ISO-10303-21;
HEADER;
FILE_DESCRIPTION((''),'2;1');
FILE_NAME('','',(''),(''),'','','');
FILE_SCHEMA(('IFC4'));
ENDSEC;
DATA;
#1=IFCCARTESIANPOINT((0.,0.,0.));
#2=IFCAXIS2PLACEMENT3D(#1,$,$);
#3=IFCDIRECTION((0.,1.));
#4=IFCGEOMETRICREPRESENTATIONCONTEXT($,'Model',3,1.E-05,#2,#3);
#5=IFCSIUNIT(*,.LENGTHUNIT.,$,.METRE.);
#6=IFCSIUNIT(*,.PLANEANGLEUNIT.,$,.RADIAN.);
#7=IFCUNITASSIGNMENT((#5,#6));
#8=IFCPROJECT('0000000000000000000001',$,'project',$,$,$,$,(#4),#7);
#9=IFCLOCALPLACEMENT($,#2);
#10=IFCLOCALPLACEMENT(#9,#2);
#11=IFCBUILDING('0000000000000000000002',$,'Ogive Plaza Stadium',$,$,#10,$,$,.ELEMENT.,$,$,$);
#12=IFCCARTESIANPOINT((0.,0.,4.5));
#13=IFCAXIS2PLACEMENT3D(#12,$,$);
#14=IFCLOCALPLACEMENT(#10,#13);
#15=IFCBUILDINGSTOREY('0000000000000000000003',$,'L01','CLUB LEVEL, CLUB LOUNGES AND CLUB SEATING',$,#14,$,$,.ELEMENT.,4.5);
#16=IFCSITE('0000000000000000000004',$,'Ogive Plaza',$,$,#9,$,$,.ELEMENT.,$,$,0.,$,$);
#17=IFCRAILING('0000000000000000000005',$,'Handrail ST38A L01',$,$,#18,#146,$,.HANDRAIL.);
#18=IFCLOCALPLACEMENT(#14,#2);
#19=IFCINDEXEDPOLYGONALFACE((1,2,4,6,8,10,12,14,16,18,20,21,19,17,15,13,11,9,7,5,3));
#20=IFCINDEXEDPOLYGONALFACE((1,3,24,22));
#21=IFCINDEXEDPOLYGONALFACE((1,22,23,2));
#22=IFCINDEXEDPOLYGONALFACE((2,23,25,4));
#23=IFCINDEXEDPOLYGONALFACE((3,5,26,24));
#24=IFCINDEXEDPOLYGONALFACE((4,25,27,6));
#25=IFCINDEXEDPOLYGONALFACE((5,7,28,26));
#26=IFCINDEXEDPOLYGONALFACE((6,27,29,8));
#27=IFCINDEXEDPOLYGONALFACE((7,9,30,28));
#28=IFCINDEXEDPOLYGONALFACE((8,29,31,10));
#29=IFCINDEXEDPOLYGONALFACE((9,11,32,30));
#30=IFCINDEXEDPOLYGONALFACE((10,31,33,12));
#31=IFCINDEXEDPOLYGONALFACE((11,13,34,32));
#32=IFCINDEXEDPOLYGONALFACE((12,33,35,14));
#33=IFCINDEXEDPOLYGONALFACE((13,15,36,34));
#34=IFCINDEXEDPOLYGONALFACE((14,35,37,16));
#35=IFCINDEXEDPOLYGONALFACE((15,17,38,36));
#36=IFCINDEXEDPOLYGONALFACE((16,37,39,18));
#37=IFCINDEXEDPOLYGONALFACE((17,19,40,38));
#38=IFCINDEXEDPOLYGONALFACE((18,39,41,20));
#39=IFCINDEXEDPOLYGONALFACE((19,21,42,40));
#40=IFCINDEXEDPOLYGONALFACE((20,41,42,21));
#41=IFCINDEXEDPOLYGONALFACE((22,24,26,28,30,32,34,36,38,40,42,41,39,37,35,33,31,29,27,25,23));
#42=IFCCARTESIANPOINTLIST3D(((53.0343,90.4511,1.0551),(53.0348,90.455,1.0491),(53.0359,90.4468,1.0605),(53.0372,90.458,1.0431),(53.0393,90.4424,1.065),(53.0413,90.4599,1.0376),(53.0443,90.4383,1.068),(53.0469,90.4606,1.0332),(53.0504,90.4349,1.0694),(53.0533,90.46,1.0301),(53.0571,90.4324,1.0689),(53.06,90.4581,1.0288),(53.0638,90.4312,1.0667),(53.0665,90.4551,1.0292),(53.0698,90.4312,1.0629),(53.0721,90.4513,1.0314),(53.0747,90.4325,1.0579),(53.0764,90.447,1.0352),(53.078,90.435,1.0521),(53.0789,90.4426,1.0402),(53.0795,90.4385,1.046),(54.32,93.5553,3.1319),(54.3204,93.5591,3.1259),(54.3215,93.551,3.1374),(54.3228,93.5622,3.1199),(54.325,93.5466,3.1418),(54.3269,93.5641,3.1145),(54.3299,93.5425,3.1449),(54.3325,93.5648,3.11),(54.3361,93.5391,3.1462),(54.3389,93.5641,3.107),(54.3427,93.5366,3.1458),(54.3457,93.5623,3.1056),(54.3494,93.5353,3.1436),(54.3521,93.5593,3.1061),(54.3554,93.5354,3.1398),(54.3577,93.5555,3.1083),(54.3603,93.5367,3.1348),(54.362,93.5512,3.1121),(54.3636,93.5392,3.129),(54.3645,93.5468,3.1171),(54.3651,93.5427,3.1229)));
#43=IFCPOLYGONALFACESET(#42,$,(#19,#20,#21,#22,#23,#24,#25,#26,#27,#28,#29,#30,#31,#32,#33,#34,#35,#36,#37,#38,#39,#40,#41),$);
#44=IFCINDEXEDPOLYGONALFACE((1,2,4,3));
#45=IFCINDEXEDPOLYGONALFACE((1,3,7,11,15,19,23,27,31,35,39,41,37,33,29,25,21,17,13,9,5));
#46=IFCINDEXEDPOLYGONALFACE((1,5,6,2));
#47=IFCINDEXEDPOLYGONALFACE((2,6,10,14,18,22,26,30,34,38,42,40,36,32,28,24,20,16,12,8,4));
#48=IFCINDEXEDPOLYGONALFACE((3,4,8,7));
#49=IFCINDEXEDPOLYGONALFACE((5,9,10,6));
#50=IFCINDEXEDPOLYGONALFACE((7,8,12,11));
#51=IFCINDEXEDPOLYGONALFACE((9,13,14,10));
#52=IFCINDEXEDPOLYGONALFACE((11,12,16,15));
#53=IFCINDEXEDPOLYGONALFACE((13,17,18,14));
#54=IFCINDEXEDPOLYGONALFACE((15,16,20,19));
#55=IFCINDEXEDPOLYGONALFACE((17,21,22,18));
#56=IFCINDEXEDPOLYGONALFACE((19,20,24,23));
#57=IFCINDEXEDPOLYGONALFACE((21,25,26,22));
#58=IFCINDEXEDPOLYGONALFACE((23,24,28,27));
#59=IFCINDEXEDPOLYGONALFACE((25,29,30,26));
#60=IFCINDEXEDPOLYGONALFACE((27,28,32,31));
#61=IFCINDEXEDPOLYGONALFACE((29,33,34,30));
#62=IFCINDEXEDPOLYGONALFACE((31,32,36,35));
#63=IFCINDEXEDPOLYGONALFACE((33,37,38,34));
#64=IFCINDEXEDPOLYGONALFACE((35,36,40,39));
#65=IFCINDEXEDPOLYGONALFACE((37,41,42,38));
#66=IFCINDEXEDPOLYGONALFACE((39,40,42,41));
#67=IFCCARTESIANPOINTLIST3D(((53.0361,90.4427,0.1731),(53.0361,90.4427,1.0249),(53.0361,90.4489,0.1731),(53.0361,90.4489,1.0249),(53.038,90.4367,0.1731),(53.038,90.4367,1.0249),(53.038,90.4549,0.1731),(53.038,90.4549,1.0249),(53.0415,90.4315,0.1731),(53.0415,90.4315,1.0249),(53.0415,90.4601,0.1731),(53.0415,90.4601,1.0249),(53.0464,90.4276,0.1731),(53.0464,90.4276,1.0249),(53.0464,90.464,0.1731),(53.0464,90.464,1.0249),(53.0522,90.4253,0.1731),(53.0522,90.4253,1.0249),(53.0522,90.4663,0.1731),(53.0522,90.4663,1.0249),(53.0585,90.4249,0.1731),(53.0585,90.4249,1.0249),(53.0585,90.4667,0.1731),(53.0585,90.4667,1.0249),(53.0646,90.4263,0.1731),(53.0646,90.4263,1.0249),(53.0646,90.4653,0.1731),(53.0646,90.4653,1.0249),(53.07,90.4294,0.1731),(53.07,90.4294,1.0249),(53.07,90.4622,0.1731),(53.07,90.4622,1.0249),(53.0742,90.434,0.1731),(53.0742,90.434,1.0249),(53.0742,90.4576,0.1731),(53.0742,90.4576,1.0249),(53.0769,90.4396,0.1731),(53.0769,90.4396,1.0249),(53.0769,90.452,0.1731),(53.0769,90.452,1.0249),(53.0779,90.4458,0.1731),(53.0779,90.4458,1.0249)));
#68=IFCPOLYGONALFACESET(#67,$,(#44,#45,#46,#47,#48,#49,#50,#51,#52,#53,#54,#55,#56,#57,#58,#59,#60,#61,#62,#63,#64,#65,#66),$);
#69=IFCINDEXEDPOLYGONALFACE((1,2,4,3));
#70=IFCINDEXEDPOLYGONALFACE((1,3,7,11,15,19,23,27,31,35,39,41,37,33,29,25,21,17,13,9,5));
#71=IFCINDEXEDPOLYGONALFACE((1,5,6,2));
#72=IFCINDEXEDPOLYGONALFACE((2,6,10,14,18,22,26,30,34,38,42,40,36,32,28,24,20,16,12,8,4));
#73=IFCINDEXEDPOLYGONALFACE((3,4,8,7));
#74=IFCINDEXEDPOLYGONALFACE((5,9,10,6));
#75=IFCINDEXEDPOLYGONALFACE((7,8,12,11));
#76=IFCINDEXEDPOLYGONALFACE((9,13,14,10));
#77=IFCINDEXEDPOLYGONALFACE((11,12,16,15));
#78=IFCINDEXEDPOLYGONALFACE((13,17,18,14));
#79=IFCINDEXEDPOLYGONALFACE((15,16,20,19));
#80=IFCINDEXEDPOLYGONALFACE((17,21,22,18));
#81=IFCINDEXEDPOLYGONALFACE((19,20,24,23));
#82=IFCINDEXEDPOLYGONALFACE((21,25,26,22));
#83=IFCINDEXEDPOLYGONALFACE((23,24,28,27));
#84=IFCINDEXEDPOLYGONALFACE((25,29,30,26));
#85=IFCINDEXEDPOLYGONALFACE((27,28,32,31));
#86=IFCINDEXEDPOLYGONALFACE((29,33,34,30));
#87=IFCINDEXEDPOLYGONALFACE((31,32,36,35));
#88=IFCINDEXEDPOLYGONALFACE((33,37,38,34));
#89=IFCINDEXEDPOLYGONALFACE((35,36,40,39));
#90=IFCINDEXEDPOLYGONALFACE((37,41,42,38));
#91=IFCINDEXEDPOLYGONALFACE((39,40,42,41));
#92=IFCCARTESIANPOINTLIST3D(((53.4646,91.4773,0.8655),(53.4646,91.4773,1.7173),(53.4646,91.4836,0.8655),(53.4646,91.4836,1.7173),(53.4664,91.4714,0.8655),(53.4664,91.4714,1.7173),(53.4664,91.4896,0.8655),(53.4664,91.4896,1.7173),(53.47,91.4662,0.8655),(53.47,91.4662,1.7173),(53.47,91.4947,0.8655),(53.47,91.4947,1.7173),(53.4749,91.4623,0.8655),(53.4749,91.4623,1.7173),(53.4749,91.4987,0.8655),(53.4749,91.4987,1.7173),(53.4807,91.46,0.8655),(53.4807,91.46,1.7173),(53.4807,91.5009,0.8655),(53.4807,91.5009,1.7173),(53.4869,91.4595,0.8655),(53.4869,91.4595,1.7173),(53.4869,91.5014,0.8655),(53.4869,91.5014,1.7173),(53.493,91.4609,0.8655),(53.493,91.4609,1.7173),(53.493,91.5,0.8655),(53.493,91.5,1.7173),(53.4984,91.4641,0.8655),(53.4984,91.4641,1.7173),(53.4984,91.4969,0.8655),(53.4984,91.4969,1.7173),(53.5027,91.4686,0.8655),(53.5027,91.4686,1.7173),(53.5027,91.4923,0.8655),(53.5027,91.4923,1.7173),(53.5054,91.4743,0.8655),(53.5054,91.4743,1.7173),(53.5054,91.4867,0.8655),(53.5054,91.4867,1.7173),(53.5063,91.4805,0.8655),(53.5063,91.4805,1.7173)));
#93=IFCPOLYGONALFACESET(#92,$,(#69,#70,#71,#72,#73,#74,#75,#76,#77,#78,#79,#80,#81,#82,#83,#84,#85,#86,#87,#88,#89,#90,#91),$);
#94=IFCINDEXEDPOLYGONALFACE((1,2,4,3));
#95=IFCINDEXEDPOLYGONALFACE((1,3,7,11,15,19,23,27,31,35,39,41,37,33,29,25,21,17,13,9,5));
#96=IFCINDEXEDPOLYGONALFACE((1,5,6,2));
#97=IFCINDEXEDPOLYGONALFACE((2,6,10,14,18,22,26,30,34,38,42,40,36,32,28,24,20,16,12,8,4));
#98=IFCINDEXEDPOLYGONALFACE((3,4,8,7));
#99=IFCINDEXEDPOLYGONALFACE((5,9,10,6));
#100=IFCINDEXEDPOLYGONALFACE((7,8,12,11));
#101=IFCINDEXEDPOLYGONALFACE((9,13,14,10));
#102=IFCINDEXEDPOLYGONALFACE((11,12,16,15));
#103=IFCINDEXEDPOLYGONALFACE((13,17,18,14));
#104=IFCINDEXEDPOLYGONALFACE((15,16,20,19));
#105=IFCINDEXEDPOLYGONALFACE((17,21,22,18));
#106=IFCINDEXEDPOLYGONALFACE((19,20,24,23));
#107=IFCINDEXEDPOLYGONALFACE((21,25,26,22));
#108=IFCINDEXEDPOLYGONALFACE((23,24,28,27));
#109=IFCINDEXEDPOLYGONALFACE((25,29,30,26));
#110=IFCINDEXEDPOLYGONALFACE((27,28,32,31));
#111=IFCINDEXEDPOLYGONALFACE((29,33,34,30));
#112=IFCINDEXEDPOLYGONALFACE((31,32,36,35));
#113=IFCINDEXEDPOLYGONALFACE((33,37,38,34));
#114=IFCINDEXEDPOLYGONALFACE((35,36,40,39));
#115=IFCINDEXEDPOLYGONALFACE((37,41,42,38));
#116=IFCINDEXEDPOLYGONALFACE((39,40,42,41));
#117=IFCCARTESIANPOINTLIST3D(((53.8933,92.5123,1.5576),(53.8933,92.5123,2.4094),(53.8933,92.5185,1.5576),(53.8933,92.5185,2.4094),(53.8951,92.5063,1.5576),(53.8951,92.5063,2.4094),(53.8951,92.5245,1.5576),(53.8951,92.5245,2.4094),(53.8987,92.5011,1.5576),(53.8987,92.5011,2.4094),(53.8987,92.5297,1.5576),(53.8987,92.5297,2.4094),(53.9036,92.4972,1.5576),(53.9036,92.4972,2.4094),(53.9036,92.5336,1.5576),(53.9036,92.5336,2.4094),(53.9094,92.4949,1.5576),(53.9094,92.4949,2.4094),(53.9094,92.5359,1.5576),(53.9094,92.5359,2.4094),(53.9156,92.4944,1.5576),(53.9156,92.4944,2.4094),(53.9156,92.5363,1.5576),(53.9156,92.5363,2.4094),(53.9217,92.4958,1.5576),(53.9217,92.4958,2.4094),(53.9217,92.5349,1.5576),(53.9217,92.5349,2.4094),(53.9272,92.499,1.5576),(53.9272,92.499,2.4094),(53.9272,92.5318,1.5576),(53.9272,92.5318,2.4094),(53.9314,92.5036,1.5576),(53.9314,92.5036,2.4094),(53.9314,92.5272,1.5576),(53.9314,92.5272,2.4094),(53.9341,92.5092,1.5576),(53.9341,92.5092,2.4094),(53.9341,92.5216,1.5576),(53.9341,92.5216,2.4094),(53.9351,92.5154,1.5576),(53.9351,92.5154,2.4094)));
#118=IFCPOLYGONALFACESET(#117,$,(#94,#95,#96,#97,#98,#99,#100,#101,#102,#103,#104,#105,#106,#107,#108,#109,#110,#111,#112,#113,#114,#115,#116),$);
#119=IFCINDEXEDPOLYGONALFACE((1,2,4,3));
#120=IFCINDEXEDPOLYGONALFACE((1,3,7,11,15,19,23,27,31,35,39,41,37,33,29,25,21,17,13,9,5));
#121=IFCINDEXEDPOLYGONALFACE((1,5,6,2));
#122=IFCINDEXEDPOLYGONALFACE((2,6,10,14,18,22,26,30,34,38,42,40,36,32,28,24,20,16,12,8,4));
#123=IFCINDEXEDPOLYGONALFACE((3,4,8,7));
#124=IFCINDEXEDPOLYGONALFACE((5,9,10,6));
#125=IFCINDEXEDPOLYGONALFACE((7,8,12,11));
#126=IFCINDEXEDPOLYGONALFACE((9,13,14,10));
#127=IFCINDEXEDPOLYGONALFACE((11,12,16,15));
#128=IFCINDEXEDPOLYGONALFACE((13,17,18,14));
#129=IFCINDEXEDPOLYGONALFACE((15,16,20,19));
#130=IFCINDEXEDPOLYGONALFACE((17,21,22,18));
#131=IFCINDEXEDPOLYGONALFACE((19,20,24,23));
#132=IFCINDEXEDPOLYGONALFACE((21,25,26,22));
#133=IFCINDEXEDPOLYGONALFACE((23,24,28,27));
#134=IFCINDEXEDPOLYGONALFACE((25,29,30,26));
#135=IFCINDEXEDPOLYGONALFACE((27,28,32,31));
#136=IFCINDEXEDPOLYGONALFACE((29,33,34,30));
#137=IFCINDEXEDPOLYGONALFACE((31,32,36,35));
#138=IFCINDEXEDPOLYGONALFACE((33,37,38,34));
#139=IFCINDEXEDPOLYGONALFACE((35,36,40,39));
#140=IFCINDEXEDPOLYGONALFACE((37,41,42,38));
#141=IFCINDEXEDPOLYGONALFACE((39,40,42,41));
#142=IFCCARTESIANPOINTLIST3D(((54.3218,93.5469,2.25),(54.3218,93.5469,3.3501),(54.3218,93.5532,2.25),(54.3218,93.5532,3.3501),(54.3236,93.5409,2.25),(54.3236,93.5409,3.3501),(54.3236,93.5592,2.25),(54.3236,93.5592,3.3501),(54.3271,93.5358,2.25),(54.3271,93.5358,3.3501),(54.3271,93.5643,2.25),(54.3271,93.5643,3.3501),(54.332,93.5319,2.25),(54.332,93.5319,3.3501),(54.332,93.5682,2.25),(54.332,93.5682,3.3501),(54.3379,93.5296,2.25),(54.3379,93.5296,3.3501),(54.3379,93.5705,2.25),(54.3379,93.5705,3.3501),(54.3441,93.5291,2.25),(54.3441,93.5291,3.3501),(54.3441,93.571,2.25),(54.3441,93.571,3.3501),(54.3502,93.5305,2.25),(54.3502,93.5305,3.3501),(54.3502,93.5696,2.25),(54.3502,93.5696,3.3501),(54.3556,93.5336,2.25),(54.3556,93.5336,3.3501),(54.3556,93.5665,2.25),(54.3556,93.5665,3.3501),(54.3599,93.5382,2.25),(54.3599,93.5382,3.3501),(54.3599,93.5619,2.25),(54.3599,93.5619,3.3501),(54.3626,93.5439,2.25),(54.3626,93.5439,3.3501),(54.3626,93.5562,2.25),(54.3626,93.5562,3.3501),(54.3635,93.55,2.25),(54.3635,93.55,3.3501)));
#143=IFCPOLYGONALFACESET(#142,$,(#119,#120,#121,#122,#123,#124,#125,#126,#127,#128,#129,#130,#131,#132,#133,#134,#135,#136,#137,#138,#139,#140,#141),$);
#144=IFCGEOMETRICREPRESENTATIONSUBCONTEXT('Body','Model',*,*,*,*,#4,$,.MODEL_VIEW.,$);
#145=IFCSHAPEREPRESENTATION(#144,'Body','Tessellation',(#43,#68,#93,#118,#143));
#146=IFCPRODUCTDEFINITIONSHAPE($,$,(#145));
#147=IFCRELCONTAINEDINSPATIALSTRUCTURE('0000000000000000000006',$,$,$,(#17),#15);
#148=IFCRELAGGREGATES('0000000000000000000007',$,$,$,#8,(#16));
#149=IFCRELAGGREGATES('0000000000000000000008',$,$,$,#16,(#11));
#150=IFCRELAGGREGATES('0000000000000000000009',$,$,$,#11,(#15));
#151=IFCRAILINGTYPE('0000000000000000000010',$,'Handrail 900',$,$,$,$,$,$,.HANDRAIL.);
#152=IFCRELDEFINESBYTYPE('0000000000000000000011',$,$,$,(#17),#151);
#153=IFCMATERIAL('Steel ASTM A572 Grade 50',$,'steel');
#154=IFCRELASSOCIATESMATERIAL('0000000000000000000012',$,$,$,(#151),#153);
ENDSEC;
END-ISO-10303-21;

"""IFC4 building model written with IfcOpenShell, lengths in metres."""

from ifc_helpers import new_model, si_unit, direction, frame, origin, origin_2d, place, context, subcontext, project, spatial, circle, extrude, material, type_object, element, save


model = new_model("IFC4")

# Units and contexts
model_context = context("Model", 3, precision=1e-05, world=origin(), true_north=direction((0.0, 1.0)))
body_context = subcontext(model_context, "Body", "Model", "MODEL_VIEW")
ifc_project = project(units=[si_unit("LENGTHUNIT", "METRE"), si_unit("PLANEANGLEUNIT", "RADIAN")], contexts=[model_context])

# Site, building, storey
site_placement = place(None, origin())
site = spatial("IfcSite", under=ifc_project, at=site_placement, Name="Ogive Plaza", CompositionType="ELEMENT", RefElevation=0.0)
building_placement = place(site_placement, origin())
building = spatial("IfcBuilding", under=site, at=building_placement, Name="Ogive Plaza Stadium", CompositionType="ELEMENT")
storey_placement = place(building_placement, frame((0.0, 0.0, 4.5)))
storey = spatial("IfcBuildingStorey", under=building, at=storey_placement, Name="L01", Description="CLUB LEVEL, CLUB LOUNGES AND CLUB SEATING", CompositionType="ELEMENT", Elevation=4.5)

# Railing
ifc_material_1 = material(Name="Steel ASTM A572 Grade 50", Category="steel")
railing_type_1 = type_object("IfcRailingType", Name="Handrail 900", PredefinedType="HANDRAIL", material=ifc_material_1)
railing_1_placement = place(storey_placement, frame((53.0569, 90.4458, 0.1731)))
element("IfcRailing", 1, at=railing_1_placement, inside=storey, type_object=railing_type_1, Name="Handrail ST38A L01", PredefinedType="HANDRAIL", context=body_context, shape_type="SweptSolid", body=[
    extrude(circle(Radius=0.0239, at=origin_2d()), frame((0.0, 0.0, 0.876), z_axis=(0.325477, 0.785879, 0.525794), x_axis=(-0.923898, 0.382638, 0.0)), (0.0, 0.0, 1.0), 3.95),
    extrude(circle(Radius=0.021, at=origin_2d()), origin(), (0.0, 0.0, 1.0), 0.8518),
    extrude(circle(Radius=0.021, at=origin_2d()), frame((0.4285, 1.0347, 0.6924)), (0.0, 0.0, 1.0), 0.8518),
    extrude(circle(Radius=0.021, at=origin_2d()), frame((0.8572, 2.0696, 1.3845)), (0.0, 0.0, 1.0), 0.8518),
    extrude(circle(Radius=0.021, at=origin_2d()), frame((1.2856, 3.1042, 2.0769)), (0.0, 0.0, 1.0), 1.1001),
])

save(model, "model.ifc")
